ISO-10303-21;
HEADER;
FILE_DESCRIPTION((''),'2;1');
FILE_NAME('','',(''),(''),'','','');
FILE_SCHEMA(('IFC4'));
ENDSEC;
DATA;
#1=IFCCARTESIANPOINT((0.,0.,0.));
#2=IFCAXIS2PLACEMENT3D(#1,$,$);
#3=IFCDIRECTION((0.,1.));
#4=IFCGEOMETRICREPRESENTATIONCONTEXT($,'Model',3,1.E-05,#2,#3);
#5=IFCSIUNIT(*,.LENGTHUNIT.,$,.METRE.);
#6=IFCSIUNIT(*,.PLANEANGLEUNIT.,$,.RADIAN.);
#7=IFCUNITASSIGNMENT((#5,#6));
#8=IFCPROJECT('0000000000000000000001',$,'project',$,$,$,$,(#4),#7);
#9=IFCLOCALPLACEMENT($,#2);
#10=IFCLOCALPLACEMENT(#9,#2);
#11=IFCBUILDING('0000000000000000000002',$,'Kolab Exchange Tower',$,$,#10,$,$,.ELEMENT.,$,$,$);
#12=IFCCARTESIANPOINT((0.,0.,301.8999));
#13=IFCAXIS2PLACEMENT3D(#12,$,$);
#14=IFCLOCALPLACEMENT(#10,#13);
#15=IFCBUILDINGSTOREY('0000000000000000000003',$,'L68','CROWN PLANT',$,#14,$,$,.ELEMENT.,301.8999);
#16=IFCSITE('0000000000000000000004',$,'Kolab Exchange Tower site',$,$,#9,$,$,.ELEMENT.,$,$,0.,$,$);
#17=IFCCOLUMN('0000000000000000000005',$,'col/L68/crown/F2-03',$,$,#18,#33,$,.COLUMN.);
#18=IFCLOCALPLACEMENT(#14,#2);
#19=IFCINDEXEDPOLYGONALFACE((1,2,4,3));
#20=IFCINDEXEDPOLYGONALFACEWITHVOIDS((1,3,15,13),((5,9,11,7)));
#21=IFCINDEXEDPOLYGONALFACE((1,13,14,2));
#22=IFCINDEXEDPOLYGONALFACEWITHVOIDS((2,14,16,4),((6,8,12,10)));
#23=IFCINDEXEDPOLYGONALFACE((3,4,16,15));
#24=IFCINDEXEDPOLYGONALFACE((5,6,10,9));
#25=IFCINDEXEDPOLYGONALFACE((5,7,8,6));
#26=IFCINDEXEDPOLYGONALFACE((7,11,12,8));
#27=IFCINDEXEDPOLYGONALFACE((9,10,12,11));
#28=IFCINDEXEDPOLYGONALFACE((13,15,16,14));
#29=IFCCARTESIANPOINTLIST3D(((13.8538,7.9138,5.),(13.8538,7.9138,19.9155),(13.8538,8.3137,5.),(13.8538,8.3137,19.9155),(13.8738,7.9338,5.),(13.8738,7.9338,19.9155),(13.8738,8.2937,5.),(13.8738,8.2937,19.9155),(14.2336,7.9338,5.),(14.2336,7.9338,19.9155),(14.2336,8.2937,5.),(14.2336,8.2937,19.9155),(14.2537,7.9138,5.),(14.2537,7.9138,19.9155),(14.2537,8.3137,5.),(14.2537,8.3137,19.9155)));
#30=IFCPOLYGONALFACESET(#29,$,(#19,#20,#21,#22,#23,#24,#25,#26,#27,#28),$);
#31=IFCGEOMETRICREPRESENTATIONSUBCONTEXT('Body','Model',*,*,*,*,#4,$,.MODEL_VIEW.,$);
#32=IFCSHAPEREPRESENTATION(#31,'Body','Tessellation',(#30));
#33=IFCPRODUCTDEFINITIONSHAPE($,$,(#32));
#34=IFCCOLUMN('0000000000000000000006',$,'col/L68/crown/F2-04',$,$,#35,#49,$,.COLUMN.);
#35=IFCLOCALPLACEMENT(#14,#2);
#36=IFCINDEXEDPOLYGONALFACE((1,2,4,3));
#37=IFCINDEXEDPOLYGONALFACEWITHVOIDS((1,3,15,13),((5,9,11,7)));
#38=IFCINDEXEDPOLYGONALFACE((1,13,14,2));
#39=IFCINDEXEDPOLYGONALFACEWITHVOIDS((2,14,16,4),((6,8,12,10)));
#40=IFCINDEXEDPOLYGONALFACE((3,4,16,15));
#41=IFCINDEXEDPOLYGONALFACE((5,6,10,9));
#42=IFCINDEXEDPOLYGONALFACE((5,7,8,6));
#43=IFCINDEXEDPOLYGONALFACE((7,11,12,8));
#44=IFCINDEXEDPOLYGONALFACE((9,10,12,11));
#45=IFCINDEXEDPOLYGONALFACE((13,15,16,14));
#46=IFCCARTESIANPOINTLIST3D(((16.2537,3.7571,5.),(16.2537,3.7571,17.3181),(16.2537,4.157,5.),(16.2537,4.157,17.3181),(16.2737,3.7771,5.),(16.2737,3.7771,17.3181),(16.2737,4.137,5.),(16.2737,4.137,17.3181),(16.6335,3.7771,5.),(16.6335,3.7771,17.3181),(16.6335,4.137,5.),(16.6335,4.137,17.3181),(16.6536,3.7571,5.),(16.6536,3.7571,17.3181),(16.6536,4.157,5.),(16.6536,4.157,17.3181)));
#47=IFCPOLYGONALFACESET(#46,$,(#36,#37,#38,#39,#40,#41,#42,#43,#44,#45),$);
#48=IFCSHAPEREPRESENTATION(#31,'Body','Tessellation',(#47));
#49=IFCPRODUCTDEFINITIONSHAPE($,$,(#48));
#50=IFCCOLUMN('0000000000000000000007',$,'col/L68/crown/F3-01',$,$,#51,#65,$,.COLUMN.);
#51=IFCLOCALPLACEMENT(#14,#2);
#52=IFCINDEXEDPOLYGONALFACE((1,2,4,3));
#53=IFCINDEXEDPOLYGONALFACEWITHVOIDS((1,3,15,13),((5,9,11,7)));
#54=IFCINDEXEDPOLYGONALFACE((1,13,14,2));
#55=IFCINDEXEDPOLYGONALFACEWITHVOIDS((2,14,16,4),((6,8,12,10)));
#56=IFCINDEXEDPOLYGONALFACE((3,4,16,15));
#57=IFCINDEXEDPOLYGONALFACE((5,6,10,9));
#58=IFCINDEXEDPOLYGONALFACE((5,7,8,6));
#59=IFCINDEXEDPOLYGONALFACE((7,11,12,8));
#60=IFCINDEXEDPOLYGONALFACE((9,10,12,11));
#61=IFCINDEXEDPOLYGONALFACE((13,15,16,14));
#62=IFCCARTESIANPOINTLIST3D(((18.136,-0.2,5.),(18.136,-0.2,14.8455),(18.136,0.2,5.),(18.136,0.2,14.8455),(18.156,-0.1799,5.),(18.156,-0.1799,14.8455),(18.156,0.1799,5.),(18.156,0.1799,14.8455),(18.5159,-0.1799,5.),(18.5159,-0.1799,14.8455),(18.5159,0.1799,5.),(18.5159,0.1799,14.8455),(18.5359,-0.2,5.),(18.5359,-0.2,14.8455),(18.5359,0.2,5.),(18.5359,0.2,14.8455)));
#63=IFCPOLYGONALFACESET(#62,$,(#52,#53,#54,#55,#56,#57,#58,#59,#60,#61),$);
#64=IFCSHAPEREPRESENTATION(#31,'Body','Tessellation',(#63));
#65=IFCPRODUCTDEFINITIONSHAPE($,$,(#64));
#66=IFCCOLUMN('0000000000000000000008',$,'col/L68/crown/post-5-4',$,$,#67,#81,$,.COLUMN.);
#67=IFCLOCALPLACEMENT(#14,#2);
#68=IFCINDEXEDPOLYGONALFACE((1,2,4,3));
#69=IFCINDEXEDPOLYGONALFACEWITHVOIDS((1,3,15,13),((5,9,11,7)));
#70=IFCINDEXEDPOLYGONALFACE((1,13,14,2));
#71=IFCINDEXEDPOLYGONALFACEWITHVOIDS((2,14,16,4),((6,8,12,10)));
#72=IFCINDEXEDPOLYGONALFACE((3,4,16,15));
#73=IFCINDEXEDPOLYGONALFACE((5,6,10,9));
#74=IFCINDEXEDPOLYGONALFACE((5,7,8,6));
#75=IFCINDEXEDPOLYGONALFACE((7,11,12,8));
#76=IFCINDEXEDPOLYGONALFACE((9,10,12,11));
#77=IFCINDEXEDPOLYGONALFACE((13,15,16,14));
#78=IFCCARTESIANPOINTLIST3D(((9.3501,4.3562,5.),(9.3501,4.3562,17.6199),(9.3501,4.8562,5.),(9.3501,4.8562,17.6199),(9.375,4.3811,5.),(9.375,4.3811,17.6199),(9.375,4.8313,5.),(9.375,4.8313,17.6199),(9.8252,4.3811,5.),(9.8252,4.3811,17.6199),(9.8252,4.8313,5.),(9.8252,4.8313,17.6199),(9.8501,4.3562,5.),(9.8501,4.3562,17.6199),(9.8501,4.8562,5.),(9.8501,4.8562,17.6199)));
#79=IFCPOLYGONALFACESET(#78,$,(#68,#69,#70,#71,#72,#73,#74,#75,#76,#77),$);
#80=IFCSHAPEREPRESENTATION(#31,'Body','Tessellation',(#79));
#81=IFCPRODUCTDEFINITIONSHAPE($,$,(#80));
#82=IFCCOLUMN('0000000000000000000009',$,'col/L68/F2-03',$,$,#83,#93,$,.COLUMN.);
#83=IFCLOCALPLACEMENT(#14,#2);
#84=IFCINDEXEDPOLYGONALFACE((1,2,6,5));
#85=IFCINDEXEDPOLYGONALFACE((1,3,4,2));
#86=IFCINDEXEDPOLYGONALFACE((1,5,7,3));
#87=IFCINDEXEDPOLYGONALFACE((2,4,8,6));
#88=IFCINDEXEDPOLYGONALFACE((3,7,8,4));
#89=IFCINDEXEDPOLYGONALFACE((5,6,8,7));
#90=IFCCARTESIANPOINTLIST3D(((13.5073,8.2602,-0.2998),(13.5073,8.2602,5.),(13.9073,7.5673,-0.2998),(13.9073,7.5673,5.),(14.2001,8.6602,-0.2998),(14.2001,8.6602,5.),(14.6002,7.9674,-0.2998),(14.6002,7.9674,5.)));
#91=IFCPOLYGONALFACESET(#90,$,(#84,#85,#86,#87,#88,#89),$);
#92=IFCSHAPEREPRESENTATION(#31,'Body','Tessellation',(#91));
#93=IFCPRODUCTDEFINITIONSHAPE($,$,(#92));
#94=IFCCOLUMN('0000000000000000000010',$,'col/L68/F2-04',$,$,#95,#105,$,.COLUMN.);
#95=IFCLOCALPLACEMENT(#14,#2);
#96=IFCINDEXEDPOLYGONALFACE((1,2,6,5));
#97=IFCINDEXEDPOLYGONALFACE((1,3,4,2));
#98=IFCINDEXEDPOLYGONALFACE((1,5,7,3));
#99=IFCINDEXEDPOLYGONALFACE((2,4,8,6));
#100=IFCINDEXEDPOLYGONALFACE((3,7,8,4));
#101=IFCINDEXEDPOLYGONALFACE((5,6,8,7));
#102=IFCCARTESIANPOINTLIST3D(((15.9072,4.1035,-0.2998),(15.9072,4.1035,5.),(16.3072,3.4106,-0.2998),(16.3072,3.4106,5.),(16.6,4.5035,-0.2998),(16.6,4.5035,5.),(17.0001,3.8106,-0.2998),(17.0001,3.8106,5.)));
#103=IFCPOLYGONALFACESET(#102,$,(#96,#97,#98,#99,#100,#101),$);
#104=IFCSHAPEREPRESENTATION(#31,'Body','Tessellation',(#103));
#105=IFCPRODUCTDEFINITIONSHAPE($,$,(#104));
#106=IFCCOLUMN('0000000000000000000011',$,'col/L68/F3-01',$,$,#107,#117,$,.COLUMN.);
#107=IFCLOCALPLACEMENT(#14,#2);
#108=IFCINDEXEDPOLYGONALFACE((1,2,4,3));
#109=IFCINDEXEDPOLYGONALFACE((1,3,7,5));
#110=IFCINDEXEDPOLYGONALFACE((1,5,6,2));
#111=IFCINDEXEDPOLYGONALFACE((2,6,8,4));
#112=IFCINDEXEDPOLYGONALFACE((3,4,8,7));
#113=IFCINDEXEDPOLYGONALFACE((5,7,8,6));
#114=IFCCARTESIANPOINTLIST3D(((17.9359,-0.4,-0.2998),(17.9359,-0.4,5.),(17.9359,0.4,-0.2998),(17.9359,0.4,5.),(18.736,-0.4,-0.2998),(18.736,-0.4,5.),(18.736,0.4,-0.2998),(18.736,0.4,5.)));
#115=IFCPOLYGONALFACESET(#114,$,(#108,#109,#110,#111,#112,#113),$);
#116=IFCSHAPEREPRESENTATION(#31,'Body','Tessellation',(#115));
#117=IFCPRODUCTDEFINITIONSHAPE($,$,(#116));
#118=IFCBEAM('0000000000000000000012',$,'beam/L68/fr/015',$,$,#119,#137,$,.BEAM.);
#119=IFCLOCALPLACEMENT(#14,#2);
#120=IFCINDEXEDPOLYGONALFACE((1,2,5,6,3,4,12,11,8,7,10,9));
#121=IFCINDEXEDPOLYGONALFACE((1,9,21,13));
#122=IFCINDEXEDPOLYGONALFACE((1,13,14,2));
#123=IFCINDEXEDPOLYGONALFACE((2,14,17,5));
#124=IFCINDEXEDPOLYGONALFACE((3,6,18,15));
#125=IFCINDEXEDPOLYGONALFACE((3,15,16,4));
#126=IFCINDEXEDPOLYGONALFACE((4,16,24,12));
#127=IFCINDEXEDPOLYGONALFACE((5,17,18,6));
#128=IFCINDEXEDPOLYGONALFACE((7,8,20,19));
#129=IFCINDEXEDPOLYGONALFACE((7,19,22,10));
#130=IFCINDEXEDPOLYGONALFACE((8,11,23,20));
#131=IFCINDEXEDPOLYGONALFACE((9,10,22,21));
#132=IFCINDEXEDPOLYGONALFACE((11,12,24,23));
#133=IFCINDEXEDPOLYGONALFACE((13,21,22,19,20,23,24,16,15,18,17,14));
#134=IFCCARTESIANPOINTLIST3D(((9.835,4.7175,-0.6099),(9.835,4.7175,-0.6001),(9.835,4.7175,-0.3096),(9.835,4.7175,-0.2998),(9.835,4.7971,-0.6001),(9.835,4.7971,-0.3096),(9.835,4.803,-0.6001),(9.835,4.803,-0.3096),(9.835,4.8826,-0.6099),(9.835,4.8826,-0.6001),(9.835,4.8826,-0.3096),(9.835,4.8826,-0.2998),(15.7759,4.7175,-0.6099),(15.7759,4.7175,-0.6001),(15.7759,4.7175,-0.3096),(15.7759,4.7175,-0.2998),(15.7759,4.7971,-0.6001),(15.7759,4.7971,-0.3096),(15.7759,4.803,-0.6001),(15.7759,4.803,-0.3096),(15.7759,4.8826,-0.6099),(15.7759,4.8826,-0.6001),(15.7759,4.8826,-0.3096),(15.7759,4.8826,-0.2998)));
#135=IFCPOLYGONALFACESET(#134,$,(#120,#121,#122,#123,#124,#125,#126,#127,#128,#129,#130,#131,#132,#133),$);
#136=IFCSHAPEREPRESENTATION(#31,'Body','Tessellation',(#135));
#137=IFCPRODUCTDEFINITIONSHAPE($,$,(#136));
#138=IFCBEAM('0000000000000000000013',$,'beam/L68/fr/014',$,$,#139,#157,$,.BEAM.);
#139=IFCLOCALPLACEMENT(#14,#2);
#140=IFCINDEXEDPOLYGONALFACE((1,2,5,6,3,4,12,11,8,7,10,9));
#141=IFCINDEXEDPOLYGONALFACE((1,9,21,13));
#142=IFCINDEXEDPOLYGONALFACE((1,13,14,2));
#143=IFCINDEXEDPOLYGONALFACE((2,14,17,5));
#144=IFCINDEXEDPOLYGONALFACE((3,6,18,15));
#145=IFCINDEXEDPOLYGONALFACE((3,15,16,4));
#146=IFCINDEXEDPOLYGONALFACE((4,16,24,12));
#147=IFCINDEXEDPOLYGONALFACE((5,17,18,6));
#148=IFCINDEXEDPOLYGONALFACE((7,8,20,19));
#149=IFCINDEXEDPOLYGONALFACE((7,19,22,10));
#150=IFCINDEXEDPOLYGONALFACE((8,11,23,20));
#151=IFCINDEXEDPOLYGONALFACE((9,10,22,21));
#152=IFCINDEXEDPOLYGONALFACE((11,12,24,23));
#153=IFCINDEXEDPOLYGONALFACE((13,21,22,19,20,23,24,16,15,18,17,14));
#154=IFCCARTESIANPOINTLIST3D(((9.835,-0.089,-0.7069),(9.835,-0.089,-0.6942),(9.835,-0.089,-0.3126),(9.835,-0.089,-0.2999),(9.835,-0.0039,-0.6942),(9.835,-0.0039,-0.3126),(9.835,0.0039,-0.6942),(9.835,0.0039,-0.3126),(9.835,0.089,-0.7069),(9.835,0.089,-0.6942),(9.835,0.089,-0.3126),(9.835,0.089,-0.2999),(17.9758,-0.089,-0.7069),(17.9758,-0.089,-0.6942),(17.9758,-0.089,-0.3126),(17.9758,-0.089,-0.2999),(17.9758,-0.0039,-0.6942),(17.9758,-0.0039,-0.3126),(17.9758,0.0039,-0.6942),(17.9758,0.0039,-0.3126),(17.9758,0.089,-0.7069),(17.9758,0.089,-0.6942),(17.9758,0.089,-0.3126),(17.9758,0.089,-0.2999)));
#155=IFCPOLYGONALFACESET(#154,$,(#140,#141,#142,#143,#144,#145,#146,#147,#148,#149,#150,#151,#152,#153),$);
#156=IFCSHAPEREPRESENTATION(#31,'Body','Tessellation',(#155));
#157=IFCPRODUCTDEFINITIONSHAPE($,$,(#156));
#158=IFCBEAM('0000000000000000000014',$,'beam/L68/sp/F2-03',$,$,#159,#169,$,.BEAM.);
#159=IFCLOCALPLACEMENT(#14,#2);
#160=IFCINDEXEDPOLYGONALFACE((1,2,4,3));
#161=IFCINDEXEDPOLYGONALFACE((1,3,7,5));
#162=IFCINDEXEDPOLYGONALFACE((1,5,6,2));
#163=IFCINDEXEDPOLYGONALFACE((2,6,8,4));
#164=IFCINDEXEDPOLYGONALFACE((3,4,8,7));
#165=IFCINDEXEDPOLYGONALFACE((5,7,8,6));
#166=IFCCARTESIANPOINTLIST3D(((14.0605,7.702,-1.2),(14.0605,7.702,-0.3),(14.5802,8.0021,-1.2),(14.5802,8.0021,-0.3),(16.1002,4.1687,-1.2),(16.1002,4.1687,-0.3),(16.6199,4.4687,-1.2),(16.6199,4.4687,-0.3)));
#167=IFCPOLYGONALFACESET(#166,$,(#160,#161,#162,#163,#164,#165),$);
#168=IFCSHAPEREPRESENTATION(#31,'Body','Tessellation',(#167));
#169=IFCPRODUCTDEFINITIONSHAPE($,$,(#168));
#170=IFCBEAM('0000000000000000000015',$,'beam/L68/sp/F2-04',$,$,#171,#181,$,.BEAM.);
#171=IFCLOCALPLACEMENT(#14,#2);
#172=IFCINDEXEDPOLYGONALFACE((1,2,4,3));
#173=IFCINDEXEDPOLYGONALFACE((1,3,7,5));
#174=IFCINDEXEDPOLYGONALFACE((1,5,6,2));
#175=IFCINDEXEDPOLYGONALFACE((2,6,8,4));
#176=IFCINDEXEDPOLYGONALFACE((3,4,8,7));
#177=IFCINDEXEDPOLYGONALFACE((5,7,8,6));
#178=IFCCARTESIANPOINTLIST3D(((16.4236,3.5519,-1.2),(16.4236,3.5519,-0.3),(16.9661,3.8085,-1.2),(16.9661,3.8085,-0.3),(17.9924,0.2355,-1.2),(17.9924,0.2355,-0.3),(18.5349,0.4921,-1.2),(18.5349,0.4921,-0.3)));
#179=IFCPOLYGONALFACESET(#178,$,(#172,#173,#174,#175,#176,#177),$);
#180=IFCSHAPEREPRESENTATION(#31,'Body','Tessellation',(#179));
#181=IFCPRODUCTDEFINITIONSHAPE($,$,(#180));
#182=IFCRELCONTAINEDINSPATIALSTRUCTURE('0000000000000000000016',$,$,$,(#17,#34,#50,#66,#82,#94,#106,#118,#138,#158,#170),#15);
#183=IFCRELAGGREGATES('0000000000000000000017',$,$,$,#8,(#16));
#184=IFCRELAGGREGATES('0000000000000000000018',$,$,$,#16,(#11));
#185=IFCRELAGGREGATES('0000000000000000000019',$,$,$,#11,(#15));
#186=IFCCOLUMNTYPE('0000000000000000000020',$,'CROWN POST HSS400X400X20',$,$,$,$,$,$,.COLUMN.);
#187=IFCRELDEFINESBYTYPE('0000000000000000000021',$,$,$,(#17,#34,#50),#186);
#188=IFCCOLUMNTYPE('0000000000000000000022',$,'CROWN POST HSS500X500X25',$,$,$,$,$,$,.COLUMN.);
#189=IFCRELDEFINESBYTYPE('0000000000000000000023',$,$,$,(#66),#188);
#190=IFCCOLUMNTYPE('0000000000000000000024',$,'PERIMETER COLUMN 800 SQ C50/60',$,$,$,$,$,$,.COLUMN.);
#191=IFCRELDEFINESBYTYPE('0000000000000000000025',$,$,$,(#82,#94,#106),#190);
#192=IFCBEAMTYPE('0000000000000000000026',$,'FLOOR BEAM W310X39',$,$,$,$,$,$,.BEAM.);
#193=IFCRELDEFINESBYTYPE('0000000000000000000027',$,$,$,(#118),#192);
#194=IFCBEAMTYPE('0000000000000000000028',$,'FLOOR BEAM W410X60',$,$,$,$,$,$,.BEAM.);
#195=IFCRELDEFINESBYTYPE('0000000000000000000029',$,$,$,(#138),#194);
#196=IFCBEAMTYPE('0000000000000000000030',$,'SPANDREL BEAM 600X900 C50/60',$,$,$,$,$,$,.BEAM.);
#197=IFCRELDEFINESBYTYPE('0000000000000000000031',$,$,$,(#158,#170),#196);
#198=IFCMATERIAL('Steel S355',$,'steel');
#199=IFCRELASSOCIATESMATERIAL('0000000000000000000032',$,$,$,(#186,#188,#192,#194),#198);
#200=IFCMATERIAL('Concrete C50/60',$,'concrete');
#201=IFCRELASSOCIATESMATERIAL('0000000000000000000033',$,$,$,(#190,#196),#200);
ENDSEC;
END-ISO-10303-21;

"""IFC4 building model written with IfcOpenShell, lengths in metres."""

from ifc_helpers import new_model, si_unit, direction, frame, origin, origin_2d, place, context, subcontext, project, spatial, rectangle, hollow_rectangle, i_section, extrude, material, material_profile, profile_set, type_object, element, save


model = new_model("IFC4")

# Units and contexts
model_context = context("Model", 3, precision=1e-05, world=origin(), true_north=direction((0.0, 1.0)))
body_context = subcontext(model_context, "Body", "Model", "MODEL_VIEW")
ifc_project = project(units=[si_unit("LENGTHUNIT", "METRE"), si_unit("PLANEANGLEUNIT", "RADIAN")], contexts=[model_context])

# Site, building, storey
site_placement = place(None, origin())
site = spatial("IfcSite", under=ifc_project, at=site_placement, Name="Kolab Exchange Tower site", CompositionType="ELEMENT", RefElevation=0.0)
building_placement = place(site_placement, origin())
building = spatial("IfcBuilding", under=site, at=building_placement, Name="Kolab Exchange Tower", CompositionType="ELEMENT")
storey_placement = place(building_placement, frame((0.0, 0.0, 301.8999)))
storey = spatial("IfcBuildingStorey", under=building, at=storey_placement, Name="L68", Description="CROWN PLANT", CompositionType="ELEMENT", Elevation=301.8999)

# Columns
ifc_material_1 = material(Name="Steel S355", Category="steel")
ifc_material_profile_1 = material_profile(ifc_material_1, hollow_rectangle(XDim=0.3999, YDim=0.3999, WallThickness=0.02, at=origin_2d()), Name="HSS400X400X20")
ifc_profile_set_1 = profile_set([ifc_material_profile_1], Name="Steel S355")
column_type_1 = type_object("IfcColumnType", Name="CROWN POST HSS400X400X20", PredefinedType="COLUMN", material=ifc_profile_set_1)
column_1_placement = place(storey_placement, frame((14.0537, 8.1138, 5.0), z_axis=(0.0, 0.0, 1.0), x_axis=(1.0, 0.0, 0.0)))
element("IfcColumn", 1, at=column_1_placement, inside=storey, type_object=column_type_1, Name="col/L68/crown/F2-03", PredefinedType="COLUMN", context=body_context, shape_type="SweptSolid", body=[
    extrude(hollow_rectangle(XDim=0.3999, YDim=0.3999, WallThickness=0.02, at=origin_2d()), origin(), (0.0, 0.0, 1.0), 14.9155),
])
column_2_placement = place(storey_placement, frame((16.4536, 3.957, 5.0), z_axis=(0.0, 0.0, 1.0), x_axis=(1.0, 0.0, 0.0)))
element("IfcColumn", 2, at=column_2_placement, inside=storey, type_object=column_type_1, Name="col/L68/crown/F2-04", PredefinedType="COLUMN", context=body_context, shape_type="SweptSolid", body=[
    extrude(hollow_rectangle(XDim=0.3999, YDim=0.3999, WallThickness=0.02, at=origin_2d()), origin(), (0.0, 0.0, 1.0), 12.3181),
])
column_3_placement = place(storey_placement, frame((18.3359, 0.0, 5.0), z_axis=(0.0, 0.0, 1.0), x_axis=(1.0, 0.0, 0.0)))
element("IfcColumn", 3, at=column_3_placement, inside=storey, type_object=column_type_1, Name="col/L68/crown/F3-01", PredefinedType="COLUMN", context=body_context, shape_type="SweptSolid", body=[
    extrude(hollow_rectangle(XDim=0.3999, YDim=0.3999, WallThickness=0.02, at=origin_2d()), origin(), (0.0, 0.0, 1.0), 9.8455),
])
ifc_material_profile_2 = material_profile(ifc_material_1, hollow_rectangle(XDim=0.5, YDim=0.5, WallThickness=0.0249, at=origin_2d()), Name="HSS500X500X25")
ifc_profile_set_2 = profile_set([ifc_material_profile_2], Name="Steel S355")
column_type_2 = type_object("IfcColumnType", Name="CROWN POST HSS500X500X25", PredefinedType="COLUMN", material=ifc_profile_set_2)
column_4_placement = place(storey_placement, frame((9.6001, 4.6062, 5.0), z_axis=(0.0, 0.0, 1.0), x_axis=(1.0, 0.0, 0.0)))
element("IfcColumn", 4, at=column_4_placement, inside=storey, type_object=column_type_2, Name="col/L68/crown/post-5-4", PredefinedType="COLUMN", context=body_context, shape_type="SweptSolid", body=[
    extrude(hollow_rectangle(XDim=0.5, YDim=0.5, WallThickness=0.0249, at=origin_2d()), origin(), (0.0, 0.0, 1.0), 12.6199),
])
ifc_material_2 = material(Name="Concrete C50/60", Category="concrete")
ifc_material_profile_3 = material_profile(ifc_material_2, rectangle(XDim=0.8, YDim=0.8, at=origin_2d()), Name="RC800")
ifc_profile_set_3 = profile_set([ifc_material_profile_3], Name="Concrete C50/60")
column_type_3 = type_object("IfcColumnType", Name="PERIMETER COLUMN 800 SQ C50/60", PredefinedType="COLUMN", material=ifc_profile_set_3)
for number, where, z_axis, x_axis, name in (
    (5, (14.0537, 8.1138, -0.2998), (0.0, 0.0, 1.0), (0.866025, 0.5, 0.0), "col/L68/F2-03"),
    (6, (16.4536, 3.957, -0.2998), (0.0, 0.0, 1.0), (0.866025, 0.5, 0.0), "col/L68/F2-04"),
    (7, (18.3359, 0.0, -0.2998), (0.0, 0.0, 1.0), (1.0, 0.0, 0.0), "col/L68/F3-01"),
):
    element("IfcColumn", number, at=place(storey_placement, frame(where, z_axis=z_axis, x_axis=x_axis)), inside=storey, type_object=column_type_3, Name=name, PredefinedType="COLUMN", context=body_context, shape_type="SweptSolid", body=[
        extrude(rectangle(XDim=0.8, YDim=0.8, at=origin_2d()), origin(), (0.0, 0.0, 1.0), 5.2998),
    ])

# Beams
ifc_material_profile_4 = material_profile(ifc_material_1, i_section(OverallWidth=0.165, OverallDepth=0.3101, WebThickness=0.0059, FlangeThickness=0.0098, at=origin_2d()), Name="W310X39")
ifc_profile_set_4 = profile_set([ifc_material_profile_4], Name="Steel S355")
beam_type_1 = type_object("IfcBeamType", Name="FLOOR BEAM W310X39", PredefinedType="BEAM", material=ifc_profile_set_4)
beam_1_placement = place(storey_placement, frame((9.835, 4.8, -0.4548), z_axis=(1.0, 0.0, 0.0), x_axis=(0.0, 1.0, 0.0)))
element("IfcBeam", 8, at=beam_1_placement, inside=storey, type_object=beam_type_1, Name="beam/L68/fr/015", PredefinedType="BEAM", context=body_context, shape_type="SweptSolid", body=[
    extrude(i_section(OverallWidth=0.165, OverallDepth=0.3101, WebThickness=0.0059, FlangeThickness=0.0098, at=origin_2d()), origin(), (0.0, 0.0, 1.0), 5.9409),
])
ifc_material_profile_5 = material_profile(ifc_material_1, i_section(OverallWidth=0.178, OverallDepth=0.407, WebThickness=0.0078, FlangeThickness=0.0127, at=origin_2d()), Name="W410X60")
ifc_profile_set_5 = profile_set([ifc_material_profile_5], Name="Steel S355")
beam_type_2 = type_object("IfcBeamType", Name="FLOOR BEAM W410X60", PredefinedType="BEAM", material=ifc_profile_set_5)
beam_2_placement = place(storey_placement, frame((9.835, 0.0, -0.5034), z_axis=(1.0, 0.0, 0.0), x_axis=(0.0, 1.0, 0.0)))
element("IfcBeam", 9, at=beam_2_placement, inside=storey, type_object=beam_type_2, Name="beam/L68/fr/014", PredefinedType="BEAM", context=body_context, shape_type="SweptSolid", body=[
    extrude(i_section(OverallWidth=0.178, OverallDepth=0.407, WebThickness=0.0078, FlangeThickness=0.0127, at=origin_2d()), origin(), (0.0, 0.0, 1.0), 8.1409),
])
ifc_material_profile_6 = material_profile(ifc_material_2, rectangle(XDim=0.6001, YDim=0.8999, at=origin_2d()), Name="RC600X900")
ifc_profile_set_6 = profile_set([ifc_material_profile_6], Name="Concrete C50/60")
beam_type_3 = type_object("IfcBeamType", Name="SPANDREL BEAM 600X900 C50/60", PredefinedType="BEAM", material=ifc_profile_set_6)
beam_3_placement = place(storey_placement, frame((14.3203, 7.8521, -0.75), z_axis=(0.499956, -0.866051, 0.0), x_axis=(0.866051, 0.499956, 0.0)))
element("IfcBeam", 10, at=beam_3_placement, inside=storey, type_object=beam_type_3, Name="beam/L68/sp/F2-03", PredefinedType="BEAM", context=body_context, shape_type="SweptSolid", body=[
    extrude(rectangle(XDim=0.6001, YDim=0.8999, at=origin_2d()), origin(), (0.0, 0.0, 1.0), 4.0798),
])
beam_4_placement = place(storey_placement, frame((16.6948, 3.6802, -0.75), z_axis=(0.427623, -0.903957, 0.0), x_axis=(0.903957, 0.427623, 0.0)))
element("IfcBeam", 11, at=beam_4_placement, inside=storey, type_object=beam_type_3, Name="beam/L68/sp/F2-04", PredefinedType="BEAM", context=body_context, shape_type="SweptSolid", body=[
    extrude(rectangle(XDim=0.6001, YDim=0.8999, at=origin_2d()), origin(), (0.0, 0.0, 1.0), 3.6687),
])

save(model, "model.ifc")
